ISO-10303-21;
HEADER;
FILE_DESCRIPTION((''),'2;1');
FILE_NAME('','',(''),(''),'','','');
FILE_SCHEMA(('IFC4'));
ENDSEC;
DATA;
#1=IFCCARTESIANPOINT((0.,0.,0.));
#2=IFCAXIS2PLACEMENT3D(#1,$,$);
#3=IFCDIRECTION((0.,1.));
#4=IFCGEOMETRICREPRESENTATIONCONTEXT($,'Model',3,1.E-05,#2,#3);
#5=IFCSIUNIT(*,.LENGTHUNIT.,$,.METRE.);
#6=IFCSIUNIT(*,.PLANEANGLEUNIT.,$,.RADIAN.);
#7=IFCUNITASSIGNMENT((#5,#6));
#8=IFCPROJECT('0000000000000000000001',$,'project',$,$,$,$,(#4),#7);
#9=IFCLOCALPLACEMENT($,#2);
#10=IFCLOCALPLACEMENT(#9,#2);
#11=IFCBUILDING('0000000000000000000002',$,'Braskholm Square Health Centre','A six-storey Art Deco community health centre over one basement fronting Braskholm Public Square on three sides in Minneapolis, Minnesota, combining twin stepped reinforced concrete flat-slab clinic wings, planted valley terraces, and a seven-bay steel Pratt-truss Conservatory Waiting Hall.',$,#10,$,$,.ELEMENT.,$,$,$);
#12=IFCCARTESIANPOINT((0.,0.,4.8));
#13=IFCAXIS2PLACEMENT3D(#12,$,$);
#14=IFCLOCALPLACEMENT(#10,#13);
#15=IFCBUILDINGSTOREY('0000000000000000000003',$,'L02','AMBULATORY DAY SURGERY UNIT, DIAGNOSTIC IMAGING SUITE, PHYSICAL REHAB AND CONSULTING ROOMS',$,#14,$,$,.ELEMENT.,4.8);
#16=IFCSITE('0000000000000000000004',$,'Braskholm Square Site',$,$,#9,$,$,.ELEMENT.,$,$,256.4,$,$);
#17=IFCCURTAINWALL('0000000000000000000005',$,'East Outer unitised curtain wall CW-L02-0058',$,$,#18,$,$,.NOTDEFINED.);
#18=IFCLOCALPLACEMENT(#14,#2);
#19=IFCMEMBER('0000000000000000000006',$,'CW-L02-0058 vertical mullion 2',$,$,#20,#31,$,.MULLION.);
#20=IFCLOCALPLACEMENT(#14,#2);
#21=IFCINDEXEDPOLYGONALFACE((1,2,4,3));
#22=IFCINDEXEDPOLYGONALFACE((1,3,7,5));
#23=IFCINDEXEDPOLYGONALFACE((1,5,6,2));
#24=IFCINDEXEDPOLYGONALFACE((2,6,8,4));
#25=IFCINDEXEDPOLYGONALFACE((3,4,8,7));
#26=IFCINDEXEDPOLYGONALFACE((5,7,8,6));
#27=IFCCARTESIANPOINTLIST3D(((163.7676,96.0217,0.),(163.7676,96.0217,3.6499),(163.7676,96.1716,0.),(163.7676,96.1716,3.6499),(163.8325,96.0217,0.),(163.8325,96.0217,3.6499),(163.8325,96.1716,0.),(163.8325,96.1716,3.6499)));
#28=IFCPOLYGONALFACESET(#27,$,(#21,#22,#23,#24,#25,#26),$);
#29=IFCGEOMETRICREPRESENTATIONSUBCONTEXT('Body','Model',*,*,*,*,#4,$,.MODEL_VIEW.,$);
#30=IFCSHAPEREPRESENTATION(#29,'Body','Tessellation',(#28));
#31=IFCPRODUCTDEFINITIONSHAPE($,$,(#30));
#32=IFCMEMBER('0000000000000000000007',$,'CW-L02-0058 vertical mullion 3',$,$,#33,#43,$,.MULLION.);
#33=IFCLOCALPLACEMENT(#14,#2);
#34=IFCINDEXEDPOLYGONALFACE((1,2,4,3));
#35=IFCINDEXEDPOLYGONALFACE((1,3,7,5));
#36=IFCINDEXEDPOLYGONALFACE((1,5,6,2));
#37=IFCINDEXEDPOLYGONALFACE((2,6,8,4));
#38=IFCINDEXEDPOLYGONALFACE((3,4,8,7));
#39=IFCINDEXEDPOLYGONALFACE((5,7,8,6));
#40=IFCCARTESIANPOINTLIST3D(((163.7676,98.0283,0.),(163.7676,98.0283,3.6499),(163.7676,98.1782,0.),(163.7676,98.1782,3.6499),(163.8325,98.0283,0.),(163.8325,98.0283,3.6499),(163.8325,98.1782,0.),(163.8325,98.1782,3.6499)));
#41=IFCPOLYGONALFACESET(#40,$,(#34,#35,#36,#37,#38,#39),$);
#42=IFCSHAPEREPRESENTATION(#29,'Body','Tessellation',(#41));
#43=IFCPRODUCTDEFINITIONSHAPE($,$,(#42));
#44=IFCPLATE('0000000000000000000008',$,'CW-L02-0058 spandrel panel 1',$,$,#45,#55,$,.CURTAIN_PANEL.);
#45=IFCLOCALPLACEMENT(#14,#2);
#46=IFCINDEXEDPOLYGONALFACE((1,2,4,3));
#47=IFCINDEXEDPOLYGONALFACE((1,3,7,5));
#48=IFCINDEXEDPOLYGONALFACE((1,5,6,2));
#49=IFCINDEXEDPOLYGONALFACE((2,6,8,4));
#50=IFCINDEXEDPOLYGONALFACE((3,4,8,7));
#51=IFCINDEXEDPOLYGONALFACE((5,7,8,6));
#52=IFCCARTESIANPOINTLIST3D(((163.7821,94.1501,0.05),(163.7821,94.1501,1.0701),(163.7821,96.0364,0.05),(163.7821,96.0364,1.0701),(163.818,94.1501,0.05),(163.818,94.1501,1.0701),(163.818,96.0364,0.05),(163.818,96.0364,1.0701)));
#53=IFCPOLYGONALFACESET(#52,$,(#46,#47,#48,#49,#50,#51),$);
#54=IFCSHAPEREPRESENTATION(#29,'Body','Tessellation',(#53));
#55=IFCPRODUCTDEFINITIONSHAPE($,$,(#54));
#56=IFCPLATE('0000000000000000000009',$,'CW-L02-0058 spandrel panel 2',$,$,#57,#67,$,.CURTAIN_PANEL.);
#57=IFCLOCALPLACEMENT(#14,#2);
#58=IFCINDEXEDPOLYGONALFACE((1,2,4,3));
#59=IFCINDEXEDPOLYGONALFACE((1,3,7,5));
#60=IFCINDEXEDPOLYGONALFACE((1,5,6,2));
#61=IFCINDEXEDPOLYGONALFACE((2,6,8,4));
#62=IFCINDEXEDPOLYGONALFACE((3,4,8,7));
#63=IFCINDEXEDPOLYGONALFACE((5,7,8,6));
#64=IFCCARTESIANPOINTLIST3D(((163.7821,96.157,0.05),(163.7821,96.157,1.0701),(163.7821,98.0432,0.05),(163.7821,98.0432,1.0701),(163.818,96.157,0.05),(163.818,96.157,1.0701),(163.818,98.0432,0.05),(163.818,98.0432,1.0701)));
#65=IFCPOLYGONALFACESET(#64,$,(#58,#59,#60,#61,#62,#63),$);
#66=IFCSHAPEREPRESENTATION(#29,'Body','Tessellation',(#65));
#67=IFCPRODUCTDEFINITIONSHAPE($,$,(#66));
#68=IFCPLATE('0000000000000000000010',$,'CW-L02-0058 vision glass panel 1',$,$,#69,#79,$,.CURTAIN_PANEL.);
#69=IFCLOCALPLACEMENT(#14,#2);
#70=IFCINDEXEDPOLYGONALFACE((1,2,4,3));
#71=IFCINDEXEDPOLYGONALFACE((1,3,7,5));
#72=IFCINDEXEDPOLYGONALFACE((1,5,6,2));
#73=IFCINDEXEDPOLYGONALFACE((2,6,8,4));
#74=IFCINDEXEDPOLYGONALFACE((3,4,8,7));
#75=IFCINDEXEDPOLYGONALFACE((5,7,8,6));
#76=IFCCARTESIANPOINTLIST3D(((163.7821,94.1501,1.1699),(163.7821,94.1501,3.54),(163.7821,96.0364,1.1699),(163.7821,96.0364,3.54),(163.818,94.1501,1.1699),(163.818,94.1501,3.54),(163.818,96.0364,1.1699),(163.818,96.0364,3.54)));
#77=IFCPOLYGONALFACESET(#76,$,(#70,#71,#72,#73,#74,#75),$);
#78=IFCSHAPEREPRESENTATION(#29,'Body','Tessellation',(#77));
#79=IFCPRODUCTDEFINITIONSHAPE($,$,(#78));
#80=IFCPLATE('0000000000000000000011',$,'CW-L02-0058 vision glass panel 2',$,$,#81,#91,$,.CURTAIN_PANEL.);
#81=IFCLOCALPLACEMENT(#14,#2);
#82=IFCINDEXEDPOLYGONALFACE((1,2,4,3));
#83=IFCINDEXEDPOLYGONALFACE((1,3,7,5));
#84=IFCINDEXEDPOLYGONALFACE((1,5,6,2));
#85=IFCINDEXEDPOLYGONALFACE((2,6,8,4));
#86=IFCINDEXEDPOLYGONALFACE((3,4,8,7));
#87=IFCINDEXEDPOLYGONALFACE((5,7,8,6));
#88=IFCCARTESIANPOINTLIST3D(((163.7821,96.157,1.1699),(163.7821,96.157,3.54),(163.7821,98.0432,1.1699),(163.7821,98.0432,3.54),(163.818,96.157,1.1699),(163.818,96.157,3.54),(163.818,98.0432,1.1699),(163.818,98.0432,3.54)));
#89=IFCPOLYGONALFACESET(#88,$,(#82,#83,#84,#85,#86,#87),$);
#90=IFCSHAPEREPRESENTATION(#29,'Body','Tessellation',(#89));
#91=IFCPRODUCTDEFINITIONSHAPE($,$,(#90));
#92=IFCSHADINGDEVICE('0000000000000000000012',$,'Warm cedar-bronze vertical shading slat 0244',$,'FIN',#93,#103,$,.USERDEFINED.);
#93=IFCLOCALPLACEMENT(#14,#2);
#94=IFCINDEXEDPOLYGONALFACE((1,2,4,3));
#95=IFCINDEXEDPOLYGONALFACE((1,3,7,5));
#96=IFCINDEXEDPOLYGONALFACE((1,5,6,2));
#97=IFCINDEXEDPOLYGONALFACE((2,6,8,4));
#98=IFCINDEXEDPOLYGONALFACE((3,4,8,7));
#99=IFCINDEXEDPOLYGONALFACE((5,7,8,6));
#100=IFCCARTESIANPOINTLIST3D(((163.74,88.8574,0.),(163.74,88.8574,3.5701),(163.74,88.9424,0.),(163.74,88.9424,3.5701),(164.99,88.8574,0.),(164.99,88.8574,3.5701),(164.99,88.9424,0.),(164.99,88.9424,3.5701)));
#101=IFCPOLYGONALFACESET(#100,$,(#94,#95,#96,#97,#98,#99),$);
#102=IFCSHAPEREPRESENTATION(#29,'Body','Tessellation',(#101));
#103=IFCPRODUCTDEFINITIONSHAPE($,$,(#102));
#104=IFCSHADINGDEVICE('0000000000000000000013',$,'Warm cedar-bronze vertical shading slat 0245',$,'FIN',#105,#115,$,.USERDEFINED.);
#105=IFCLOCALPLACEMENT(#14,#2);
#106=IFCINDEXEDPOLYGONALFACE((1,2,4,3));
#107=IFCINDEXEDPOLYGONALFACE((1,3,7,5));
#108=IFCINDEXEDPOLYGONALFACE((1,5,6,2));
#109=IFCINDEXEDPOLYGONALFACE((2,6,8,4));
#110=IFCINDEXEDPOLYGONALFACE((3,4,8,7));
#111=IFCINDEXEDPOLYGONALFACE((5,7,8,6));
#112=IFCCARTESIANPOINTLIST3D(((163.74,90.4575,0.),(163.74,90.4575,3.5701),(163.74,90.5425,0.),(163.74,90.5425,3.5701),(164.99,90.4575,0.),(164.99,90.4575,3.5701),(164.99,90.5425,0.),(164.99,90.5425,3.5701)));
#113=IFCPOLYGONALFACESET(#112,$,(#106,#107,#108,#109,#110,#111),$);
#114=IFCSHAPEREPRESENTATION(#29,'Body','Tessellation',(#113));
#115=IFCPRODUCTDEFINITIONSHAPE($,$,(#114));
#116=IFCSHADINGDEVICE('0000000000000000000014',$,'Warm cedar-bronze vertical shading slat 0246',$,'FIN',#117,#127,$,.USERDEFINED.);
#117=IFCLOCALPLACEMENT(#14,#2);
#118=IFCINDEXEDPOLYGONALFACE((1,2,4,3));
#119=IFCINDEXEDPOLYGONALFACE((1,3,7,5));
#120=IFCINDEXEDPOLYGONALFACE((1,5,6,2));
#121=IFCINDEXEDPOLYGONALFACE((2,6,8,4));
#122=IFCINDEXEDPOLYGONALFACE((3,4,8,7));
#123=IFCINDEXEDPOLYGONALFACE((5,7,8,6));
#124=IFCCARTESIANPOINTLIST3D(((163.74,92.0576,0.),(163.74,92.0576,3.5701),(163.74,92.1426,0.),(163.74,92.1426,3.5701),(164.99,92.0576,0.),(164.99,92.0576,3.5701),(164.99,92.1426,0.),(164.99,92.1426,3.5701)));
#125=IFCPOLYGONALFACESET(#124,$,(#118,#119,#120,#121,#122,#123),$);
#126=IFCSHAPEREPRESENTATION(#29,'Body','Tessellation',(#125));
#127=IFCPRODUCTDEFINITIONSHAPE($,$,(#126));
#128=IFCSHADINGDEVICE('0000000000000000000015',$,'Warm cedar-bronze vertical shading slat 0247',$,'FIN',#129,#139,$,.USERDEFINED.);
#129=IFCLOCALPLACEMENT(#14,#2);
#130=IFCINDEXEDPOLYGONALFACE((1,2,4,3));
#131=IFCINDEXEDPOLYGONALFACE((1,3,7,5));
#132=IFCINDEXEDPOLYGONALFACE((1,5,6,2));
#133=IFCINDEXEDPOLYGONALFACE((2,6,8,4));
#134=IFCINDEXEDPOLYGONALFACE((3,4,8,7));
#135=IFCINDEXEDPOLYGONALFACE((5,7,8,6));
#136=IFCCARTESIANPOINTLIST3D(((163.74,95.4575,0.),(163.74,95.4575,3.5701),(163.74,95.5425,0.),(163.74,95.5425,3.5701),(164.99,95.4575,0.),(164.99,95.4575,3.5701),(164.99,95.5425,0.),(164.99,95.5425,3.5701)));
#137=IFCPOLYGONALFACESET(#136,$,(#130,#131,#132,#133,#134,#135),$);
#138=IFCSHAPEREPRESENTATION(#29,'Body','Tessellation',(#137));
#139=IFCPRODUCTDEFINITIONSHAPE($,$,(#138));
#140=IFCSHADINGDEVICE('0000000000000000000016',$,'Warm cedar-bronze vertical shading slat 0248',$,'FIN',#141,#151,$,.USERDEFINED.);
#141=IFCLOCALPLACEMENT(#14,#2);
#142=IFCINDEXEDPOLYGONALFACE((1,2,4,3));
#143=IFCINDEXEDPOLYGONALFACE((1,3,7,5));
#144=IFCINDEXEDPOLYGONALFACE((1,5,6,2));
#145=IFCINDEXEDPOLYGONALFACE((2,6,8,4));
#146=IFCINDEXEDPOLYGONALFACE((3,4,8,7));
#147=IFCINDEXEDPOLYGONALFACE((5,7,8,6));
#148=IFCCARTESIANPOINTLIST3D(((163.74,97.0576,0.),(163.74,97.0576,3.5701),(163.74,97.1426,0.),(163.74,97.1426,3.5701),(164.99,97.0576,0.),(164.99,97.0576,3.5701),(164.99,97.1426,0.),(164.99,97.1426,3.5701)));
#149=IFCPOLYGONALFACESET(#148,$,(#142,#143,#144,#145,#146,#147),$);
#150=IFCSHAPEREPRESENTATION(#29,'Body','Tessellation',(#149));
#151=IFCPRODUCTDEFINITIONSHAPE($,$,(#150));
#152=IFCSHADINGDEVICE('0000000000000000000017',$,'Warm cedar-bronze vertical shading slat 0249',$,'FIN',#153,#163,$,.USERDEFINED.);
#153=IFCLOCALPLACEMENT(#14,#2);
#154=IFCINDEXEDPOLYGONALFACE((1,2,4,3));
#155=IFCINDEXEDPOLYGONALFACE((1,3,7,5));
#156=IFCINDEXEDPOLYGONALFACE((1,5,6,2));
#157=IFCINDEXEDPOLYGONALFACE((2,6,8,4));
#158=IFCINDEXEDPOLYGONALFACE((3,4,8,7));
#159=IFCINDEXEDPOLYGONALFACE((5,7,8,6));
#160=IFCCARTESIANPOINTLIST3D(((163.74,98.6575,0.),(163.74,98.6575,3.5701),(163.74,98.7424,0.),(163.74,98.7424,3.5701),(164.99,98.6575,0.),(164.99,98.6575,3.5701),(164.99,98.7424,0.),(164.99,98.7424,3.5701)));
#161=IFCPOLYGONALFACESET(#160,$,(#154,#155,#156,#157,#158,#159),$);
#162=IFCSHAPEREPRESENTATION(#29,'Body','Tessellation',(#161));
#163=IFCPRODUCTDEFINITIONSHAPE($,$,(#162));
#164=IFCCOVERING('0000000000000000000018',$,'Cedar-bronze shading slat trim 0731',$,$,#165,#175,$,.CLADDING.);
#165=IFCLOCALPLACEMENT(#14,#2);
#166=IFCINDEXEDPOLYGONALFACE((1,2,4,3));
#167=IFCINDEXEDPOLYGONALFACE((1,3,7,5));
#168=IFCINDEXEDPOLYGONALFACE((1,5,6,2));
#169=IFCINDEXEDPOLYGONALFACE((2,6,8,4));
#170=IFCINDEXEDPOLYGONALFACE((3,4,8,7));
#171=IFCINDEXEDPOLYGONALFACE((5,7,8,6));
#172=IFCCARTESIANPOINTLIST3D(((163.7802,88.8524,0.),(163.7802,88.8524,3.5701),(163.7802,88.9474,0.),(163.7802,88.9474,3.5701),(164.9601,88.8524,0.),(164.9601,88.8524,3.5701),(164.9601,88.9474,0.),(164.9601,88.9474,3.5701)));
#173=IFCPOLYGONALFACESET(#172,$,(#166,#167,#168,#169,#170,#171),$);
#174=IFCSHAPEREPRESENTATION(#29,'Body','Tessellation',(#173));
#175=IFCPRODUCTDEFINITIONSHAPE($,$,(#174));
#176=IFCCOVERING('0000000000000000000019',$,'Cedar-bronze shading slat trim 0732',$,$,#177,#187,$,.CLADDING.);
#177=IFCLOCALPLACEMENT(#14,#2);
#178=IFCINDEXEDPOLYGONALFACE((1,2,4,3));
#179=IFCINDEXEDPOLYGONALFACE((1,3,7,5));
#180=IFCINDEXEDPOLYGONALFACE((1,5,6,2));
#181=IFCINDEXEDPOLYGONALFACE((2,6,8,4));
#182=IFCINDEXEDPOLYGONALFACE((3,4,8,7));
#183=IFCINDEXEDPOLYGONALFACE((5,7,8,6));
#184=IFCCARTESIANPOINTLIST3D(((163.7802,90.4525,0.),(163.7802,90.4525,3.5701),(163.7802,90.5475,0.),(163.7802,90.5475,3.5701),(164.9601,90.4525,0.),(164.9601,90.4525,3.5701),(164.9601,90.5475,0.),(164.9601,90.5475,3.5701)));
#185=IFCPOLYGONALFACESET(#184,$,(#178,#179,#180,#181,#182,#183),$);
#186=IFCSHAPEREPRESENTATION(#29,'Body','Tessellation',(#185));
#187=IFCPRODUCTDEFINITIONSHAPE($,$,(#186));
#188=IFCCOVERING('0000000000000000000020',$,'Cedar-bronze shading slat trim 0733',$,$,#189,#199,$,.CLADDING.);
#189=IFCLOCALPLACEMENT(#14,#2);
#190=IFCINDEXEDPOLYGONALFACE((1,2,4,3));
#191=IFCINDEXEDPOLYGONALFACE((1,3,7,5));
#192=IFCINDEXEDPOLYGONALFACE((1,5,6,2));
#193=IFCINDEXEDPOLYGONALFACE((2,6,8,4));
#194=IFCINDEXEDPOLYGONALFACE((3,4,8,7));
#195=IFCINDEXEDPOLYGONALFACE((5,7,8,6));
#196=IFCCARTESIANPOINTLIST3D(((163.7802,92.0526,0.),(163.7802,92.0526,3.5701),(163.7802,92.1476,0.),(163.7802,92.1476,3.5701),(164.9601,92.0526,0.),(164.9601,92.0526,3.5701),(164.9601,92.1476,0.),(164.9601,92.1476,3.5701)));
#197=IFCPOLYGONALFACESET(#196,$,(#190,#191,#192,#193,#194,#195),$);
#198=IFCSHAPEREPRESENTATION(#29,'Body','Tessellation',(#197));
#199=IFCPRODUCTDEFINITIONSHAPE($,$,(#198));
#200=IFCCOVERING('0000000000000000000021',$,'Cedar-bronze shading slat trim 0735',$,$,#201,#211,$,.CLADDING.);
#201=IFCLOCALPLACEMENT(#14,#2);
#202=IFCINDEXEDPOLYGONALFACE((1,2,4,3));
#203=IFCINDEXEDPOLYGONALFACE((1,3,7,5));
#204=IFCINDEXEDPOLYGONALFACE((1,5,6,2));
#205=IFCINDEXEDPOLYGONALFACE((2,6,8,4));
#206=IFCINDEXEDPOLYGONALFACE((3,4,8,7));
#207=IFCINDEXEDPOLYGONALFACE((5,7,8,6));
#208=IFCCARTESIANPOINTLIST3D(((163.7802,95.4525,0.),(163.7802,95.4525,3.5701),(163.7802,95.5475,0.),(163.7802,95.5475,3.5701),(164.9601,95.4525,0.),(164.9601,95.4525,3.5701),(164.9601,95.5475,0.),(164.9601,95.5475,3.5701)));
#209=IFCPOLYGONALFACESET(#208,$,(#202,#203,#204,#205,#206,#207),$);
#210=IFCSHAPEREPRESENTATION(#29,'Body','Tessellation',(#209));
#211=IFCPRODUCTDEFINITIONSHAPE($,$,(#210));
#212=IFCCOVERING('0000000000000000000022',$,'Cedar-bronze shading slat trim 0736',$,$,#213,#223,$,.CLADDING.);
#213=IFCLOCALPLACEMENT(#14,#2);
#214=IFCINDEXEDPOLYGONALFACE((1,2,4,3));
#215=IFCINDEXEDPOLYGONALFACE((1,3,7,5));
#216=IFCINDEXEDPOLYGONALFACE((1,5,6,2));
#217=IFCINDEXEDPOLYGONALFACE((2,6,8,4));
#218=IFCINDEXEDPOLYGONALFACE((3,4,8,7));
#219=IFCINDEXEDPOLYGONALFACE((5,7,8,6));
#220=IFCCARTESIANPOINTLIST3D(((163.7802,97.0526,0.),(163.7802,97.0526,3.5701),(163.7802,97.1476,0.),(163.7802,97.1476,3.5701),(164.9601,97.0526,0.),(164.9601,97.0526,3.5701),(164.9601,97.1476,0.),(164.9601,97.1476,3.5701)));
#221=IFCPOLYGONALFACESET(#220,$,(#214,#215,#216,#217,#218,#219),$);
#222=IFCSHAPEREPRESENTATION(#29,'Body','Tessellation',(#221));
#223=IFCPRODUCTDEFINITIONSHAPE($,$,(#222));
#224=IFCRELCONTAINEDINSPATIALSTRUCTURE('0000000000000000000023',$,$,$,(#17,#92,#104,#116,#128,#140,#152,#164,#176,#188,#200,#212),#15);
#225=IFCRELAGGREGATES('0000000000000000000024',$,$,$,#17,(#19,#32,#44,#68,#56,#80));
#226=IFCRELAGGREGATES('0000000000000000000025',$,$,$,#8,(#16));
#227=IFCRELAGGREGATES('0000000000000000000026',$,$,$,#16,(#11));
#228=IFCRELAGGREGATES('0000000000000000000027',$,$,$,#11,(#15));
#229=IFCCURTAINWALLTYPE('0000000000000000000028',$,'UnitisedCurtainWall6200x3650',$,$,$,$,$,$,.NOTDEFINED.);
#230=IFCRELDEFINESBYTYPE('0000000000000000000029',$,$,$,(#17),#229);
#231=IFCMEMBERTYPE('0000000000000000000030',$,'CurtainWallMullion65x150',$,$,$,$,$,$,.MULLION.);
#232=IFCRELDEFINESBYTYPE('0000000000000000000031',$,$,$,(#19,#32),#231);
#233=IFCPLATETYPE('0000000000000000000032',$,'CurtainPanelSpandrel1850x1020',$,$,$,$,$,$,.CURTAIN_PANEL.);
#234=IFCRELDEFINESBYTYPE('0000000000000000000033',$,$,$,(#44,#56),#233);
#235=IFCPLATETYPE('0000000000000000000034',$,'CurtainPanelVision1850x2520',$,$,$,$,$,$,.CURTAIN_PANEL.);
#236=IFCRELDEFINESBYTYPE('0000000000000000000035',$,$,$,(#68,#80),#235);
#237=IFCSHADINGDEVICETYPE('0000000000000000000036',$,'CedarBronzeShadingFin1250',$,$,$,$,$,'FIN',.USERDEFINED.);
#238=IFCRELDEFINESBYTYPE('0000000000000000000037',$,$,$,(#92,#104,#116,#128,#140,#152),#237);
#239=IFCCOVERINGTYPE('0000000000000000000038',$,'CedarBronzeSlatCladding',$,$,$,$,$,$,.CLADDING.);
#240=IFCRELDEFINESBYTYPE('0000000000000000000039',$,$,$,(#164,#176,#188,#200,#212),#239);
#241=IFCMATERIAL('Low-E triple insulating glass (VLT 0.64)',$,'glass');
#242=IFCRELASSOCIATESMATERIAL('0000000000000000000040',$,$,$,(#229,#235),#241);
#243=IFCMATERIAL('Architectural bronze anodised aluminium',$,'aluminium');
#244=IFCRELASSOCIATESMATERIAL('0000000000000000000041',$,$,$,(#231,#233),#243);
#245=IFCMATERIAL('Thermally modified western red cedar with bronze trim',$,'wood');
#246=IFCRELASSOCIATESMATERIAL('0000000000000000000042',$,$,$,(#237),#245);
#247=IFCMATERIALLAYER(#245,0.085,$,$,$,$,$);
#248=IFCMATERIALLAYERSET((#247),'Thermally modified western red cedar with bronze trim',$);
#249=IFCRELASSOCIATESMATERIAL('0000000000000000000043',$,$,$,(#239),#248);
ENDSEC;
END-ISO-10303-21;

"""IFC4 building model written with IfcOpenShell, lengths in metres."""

from ifc_helpers import new_model, si_unit, direction, frame, origin, origin_2d, place, context, subcontext, project, spatial, rectangle, extrude, material, layer, layer_set, material_profile, profile_set, type_object, element, aggregate, save


model = new_model("IFC4")

# Units and contexts
model_context = context("Model", 3, precision=1e-05, world=origin(), true_north=direction((0.0, 1.0)))
body_context = subcontext(model_context, "Body", "Model", "MODEL_VIEW")
ifc_project = project(units=[si_unit("LENGTHUNIT", "METRE"), si_unit("PLANEANGLEUNIT", "RADIAN")], contexts=[model_context])

# Site, building, storey
site_placement = place(None, origin())
site = spatial("IfcSite", under=ifc_project, at=site_placement, Name="Braskholm Square Site", CompositionType="ELEMENT", RefElevation=256.4)
building_placement = place(site_placement, origin())
building = spatial("IfcBuilding", under=site, at=building_placement, Name="Braskholm Square Health Centre", Description="A six-storey Art Deco community health centre over one basement fronting Braskholm Public Square on three sides in Minneapolis, Minnesota, combining twin stepped reinforced concrete flat-slab clinic wings, planted valley terraces, and a seven-bay steel Pratt-truss Conservatory Waiting Hall.", CompositionType="ELEMENT")
storey_placement = place(building_placement, frame((0.0, 0.0, 4.8)))
storey = spatial("IfcBuildingStorey", under=building, at=storey_placement, Name="L02", Description="AMBULATORY DAY SURGERY UNIT, DIAGNOSTIC IMAGING SUITE, PHYSICAL REHAB AND CONSULTING ROOMS", CompositionType="ELEMENT", Elevation=4.8)

# Curtain wall, members, plates
ifc_material_1 = material(Name="Low-E triple insulating glass (VLT 0.64)", Category="glass")
curtain_wall_type = type_object("IfcCurtainWallType", Name="UnitisedCurtainWall6200x3650", PredefinedType="NOTDEFINED", material=ifc_material_1)
curtain_wall_placement = place(storey_placement, origin())
curtain_wall = element("IfcCurtainWall", 1, at=curtain_wall_placement, inside=storey, type_object=curtain_wall_type, Name="East Outer unitised curtain wall CW-L02-0058", PredefinedType="NOTDEFINED")
ifc_material_2 = material(Name="Architectural bronze anodised aluminium", Category="aluminium")
ifc_material_profile = material_profile(ifc_material_2, rectangle(XDim=0.0649, YDim=0.1499, at=origin_2d()), Name="ALU-65X150")
ifc_profile_set = profile_set([ifc_material_profile], Name="Architectural bronze anodised aluminium")
member_type = type_object("IfcMemberType", Name="CurtainWallMullion65x150", PredefinedType="MULLION", material=ifc_profile_set)
member_1_placement = place(storey_placement, frame((163.8, 96.0967, 0.0), z_axis=(0.0, 0.0, 1.0), x_axis=(1.0, 0.0, 0.0)))
member_1 = element("IfcMember", 2, at=member_1_placement, type_object=member_type, Name="CW-L02-0058 vertical mullion 2", PredefinedType="MULLION", context=body_context, shape_type="SweptSolid", body=[
    extrude(rectangle(XDim=0.0649, YDim=0.1499, at=origin_2d()), origin(), (0.0, 0.0, 1.0), 3.6499),
])
member_2_placement = place(storey_placement, frame((163.8, 98.1033, 0.0), z_axis=(0.0, 0.0, 1.0), x_axis=(1.0, 0.0, 0.0)))
member_2 = element("IfcMember", 3, at=member_2_placement, type_object=member_type, Name="CW-L02-0058 vertical mullion 3", PredefinedType="MULLION", context=body_context, shape_type="SweptSolid", body=[
    extrude(rectangle(XDim=0.0649, YDim=0.1499, at=origin_2d()), origin(), (0.0, 0.0, 1.0), 3.6499),
])
plate_type_1 = type_object("IfcPlateType", Name="CurtainPanelSpandrel1850x1020", PredefinedType="CURTAIN_PANEL", material=ifc_material_2)
plate_1_placement = place(storey_placement, frame((163.8, 95.0933, 0.05), z_axis=(0.0, 0.0, 1.0), x_axis=(0.0, 1.0, 0.0)))
plate_1 = element("IfcPlate", 4, at=plate_1_placement, type_object=plate_type_1, Name="CW-L02-0058 spandrel panel 1", PredefinedType="CURTAIN_PANEL", context=body_context, shape_type="SweptSolid", body=[
    extrude(rectangle(XDim=1.8862, YDim=0.0359, at=origin_2d()), origin(), (0.0, 0.0, 1.0), 1.02),
])
plate_2_placement = place(storey_placement, frame((163.8, 97.1001, 0.05), z_axis=(0.0, 0.0, 1.0), x_axis=(0.0, 1.0, 0.0)))
plate_2 = element("IfcPlate", 5, at=plate_2_placement, type_object=plate_type_1, Name="CW-L02-0058 spandrel panel 2", PredefinedType="CURTAIN_PANEL", context=body_context, shape_type="SweptSolid", body=[
    extrude(rectangle(XDim=1.8862, YDim=0.0359, at=origin_2d()), origin(), (0.0, 0.0, 1.0), 1.02),
])
plate_type_2 = type_object("IfcPlateType", Name="CurtainPanelVision1850x2520", PredefinedType="CURTAIN_PANEL", material=ifc_material_1)
plate_3_placement = place(storey_placement, frame((163.8, 95.0933, 1.1699), z_axis=(0.0, 0.0, 1.0), x_axis=(0.0, 1.0, 0.0)))
plate_3 = element("IfcPlate", 6, at=plate_3_placement, type_object=plate_type_2, Name="CW-L02-0058 vision glass panel 1", PredefinedType="CURTAIN_PANEL", context=body_context, shape_type="SweptSolid", body=[
    extrude(rectangle(XDim=1.8862, YDim=0.0359, at=origin_2d()), origin(), (0.0, 0.0, 1.0), 2.3701),
])
plate_4_placement = place(storey_placement, frame((163.8, 97.1001, 1.1699), z_axis=(0.0, 0.0, 1.0), x_axis=(0.0, 1.0, 0.0)))
plate_4 = element("IfcPlate", 7, at=plate_4_placement, type_object=plate_type_2, Name="CW-L02-0058 vision glass panel 2", PredefinedType="CURTAIN_PANEL", context=body_context, shape_type="SweptSolid", body=[
    extrude(rectangle(XDim=1.8862, YDim=0.0359, at=origin_2d()), origin(), (0.0, 0.0, 1.0), 2.3701),
])
aggregate(curtain_wall, [member_1, member_2, plate_1, plate_3, plate_2, plate_4])

# Shading devices
ifc_material_3 = material(Name="Thermally modified western red cedar with bronze trim", Category="wood")
shading_device_type = type_object("IfcShadingDeviceType", Name="CedarBronzeShadingFin1250", ElementType="FIN", PredefinedType="USERDEFINED", material=ifc_material_3)
for number, where, z_axis, x_axis, name in (
    (8, (164.365, 88.8999, 0.0), (0.0, 0.0, 1.0), (1.0, 0.0, 0.0), "Warm cedar-bronze vertical shading slat 0244"),
    (9, (164.365, 90.5, 0.0), (0.0, 0.0, 1.0), (1.0, 0.0, 0.0), "Warm cedar-bronze vertical shading slat 0245"),
    (10, (164.365, 92.1001, 0.0), (0.0, 0.0, 1.0), (1.0, 0.0, 0.0), "Warm cedar-bronze vertical shading slat 0246"),
    (11, (164.365, 95.5, 0.0), (0.0, 0.0, 1.0), (1.0, 0.0, 0.0), "Warm cedar-bronze vertical shading slat 0247"),
    (12, (164.365, 97.1001, 0.0), (0.0, 0.0, 1.0), (1.0, 0.0, 0.0), "Warm cedar-bronze vertical shading slat 0248"),
    (13, (164.365, 98.7, 0.0), (0.0, 0.0, 1.0), (1.0, 0.0, 0.0), "Warm cedar-bronze vertical shading slat 0249"),
):
    element("IfcShadingDevice", number, at=place(storey_placement, frame(where, z_axis=z_axis, x_axis=x_axis)), inside=storey, type_object=shading_device_type, Name=name, ObjectType="FIN", PredefinedType="USERDEFINED", context=body_context, shape_type="SweptSolid", body=[
        extrude(rectangle(XDim=1.25, YDim=0.085, at=origin_2d()), origin(), (0.0, 0.0, 1.0), 3.5701),
    ])

# Coverings
ifc_layer_1 = layer(ifc_material_3, 0.085)
ifc_layer_set_1 = layer_set([ifc_layer_1], Name="Thermally modified western red cedar with bronze trim")
covering_type_1 = type_object("IfcCoveringType", Name="CedarBronzeSlatCladding", PredefinedType="CLADDING", material=ifc_layer_set_1)
for number, where, z_axis, x_axis, name in (
    (14, (164.3701, 88.8999, 0.0), (0.0, 0.0, 1.0), (1.0, 0.0, 0.0), "Cedar-bronze shading slat trim 0731"),
    (15, (164.3701, 90.5, 0.0), (0.0, 0.0, 1.0), (1.0, 0.0, 0.0), "Cedar-bronze shading slat trim 0732"),
    (16, (164.3701, 92.1001, 0.0), (0.0, 0.0, 1.0), (1.0, 0.0, 0.0), "Cedar-bronze shading slat trim 0733"),
    (17, (164.3701, 95.5, 0.0), (0.0, 0.0, 1.0), (1.0, 0.0, 0.0), "Cedar-bronze shading slat trim 0735"),
    (18, (164.3701, 97.1001, 0.0), (0.0, 0.0, 1.0), (1.0, 0.0, 0.0), "Cedar-bronze shading slat trim 0736"),
):
    element("IfcCovering", number, at=place(storey_placement, frame(where, z_axis=z_axis, x_axis=x_axis)), inside=storey, type_object=covering_type_1, Name=name, PredefinedType="CLADDING", context=body_context, shape_type="SweptSolid", body=[
        extrude(rectangle(XDim=1.1799, YDim=0.095, at=origin_2d()), origin(), (0.0, 0.0, 1.0), 3.5701),
    ])

save(model, "model.ifc")
